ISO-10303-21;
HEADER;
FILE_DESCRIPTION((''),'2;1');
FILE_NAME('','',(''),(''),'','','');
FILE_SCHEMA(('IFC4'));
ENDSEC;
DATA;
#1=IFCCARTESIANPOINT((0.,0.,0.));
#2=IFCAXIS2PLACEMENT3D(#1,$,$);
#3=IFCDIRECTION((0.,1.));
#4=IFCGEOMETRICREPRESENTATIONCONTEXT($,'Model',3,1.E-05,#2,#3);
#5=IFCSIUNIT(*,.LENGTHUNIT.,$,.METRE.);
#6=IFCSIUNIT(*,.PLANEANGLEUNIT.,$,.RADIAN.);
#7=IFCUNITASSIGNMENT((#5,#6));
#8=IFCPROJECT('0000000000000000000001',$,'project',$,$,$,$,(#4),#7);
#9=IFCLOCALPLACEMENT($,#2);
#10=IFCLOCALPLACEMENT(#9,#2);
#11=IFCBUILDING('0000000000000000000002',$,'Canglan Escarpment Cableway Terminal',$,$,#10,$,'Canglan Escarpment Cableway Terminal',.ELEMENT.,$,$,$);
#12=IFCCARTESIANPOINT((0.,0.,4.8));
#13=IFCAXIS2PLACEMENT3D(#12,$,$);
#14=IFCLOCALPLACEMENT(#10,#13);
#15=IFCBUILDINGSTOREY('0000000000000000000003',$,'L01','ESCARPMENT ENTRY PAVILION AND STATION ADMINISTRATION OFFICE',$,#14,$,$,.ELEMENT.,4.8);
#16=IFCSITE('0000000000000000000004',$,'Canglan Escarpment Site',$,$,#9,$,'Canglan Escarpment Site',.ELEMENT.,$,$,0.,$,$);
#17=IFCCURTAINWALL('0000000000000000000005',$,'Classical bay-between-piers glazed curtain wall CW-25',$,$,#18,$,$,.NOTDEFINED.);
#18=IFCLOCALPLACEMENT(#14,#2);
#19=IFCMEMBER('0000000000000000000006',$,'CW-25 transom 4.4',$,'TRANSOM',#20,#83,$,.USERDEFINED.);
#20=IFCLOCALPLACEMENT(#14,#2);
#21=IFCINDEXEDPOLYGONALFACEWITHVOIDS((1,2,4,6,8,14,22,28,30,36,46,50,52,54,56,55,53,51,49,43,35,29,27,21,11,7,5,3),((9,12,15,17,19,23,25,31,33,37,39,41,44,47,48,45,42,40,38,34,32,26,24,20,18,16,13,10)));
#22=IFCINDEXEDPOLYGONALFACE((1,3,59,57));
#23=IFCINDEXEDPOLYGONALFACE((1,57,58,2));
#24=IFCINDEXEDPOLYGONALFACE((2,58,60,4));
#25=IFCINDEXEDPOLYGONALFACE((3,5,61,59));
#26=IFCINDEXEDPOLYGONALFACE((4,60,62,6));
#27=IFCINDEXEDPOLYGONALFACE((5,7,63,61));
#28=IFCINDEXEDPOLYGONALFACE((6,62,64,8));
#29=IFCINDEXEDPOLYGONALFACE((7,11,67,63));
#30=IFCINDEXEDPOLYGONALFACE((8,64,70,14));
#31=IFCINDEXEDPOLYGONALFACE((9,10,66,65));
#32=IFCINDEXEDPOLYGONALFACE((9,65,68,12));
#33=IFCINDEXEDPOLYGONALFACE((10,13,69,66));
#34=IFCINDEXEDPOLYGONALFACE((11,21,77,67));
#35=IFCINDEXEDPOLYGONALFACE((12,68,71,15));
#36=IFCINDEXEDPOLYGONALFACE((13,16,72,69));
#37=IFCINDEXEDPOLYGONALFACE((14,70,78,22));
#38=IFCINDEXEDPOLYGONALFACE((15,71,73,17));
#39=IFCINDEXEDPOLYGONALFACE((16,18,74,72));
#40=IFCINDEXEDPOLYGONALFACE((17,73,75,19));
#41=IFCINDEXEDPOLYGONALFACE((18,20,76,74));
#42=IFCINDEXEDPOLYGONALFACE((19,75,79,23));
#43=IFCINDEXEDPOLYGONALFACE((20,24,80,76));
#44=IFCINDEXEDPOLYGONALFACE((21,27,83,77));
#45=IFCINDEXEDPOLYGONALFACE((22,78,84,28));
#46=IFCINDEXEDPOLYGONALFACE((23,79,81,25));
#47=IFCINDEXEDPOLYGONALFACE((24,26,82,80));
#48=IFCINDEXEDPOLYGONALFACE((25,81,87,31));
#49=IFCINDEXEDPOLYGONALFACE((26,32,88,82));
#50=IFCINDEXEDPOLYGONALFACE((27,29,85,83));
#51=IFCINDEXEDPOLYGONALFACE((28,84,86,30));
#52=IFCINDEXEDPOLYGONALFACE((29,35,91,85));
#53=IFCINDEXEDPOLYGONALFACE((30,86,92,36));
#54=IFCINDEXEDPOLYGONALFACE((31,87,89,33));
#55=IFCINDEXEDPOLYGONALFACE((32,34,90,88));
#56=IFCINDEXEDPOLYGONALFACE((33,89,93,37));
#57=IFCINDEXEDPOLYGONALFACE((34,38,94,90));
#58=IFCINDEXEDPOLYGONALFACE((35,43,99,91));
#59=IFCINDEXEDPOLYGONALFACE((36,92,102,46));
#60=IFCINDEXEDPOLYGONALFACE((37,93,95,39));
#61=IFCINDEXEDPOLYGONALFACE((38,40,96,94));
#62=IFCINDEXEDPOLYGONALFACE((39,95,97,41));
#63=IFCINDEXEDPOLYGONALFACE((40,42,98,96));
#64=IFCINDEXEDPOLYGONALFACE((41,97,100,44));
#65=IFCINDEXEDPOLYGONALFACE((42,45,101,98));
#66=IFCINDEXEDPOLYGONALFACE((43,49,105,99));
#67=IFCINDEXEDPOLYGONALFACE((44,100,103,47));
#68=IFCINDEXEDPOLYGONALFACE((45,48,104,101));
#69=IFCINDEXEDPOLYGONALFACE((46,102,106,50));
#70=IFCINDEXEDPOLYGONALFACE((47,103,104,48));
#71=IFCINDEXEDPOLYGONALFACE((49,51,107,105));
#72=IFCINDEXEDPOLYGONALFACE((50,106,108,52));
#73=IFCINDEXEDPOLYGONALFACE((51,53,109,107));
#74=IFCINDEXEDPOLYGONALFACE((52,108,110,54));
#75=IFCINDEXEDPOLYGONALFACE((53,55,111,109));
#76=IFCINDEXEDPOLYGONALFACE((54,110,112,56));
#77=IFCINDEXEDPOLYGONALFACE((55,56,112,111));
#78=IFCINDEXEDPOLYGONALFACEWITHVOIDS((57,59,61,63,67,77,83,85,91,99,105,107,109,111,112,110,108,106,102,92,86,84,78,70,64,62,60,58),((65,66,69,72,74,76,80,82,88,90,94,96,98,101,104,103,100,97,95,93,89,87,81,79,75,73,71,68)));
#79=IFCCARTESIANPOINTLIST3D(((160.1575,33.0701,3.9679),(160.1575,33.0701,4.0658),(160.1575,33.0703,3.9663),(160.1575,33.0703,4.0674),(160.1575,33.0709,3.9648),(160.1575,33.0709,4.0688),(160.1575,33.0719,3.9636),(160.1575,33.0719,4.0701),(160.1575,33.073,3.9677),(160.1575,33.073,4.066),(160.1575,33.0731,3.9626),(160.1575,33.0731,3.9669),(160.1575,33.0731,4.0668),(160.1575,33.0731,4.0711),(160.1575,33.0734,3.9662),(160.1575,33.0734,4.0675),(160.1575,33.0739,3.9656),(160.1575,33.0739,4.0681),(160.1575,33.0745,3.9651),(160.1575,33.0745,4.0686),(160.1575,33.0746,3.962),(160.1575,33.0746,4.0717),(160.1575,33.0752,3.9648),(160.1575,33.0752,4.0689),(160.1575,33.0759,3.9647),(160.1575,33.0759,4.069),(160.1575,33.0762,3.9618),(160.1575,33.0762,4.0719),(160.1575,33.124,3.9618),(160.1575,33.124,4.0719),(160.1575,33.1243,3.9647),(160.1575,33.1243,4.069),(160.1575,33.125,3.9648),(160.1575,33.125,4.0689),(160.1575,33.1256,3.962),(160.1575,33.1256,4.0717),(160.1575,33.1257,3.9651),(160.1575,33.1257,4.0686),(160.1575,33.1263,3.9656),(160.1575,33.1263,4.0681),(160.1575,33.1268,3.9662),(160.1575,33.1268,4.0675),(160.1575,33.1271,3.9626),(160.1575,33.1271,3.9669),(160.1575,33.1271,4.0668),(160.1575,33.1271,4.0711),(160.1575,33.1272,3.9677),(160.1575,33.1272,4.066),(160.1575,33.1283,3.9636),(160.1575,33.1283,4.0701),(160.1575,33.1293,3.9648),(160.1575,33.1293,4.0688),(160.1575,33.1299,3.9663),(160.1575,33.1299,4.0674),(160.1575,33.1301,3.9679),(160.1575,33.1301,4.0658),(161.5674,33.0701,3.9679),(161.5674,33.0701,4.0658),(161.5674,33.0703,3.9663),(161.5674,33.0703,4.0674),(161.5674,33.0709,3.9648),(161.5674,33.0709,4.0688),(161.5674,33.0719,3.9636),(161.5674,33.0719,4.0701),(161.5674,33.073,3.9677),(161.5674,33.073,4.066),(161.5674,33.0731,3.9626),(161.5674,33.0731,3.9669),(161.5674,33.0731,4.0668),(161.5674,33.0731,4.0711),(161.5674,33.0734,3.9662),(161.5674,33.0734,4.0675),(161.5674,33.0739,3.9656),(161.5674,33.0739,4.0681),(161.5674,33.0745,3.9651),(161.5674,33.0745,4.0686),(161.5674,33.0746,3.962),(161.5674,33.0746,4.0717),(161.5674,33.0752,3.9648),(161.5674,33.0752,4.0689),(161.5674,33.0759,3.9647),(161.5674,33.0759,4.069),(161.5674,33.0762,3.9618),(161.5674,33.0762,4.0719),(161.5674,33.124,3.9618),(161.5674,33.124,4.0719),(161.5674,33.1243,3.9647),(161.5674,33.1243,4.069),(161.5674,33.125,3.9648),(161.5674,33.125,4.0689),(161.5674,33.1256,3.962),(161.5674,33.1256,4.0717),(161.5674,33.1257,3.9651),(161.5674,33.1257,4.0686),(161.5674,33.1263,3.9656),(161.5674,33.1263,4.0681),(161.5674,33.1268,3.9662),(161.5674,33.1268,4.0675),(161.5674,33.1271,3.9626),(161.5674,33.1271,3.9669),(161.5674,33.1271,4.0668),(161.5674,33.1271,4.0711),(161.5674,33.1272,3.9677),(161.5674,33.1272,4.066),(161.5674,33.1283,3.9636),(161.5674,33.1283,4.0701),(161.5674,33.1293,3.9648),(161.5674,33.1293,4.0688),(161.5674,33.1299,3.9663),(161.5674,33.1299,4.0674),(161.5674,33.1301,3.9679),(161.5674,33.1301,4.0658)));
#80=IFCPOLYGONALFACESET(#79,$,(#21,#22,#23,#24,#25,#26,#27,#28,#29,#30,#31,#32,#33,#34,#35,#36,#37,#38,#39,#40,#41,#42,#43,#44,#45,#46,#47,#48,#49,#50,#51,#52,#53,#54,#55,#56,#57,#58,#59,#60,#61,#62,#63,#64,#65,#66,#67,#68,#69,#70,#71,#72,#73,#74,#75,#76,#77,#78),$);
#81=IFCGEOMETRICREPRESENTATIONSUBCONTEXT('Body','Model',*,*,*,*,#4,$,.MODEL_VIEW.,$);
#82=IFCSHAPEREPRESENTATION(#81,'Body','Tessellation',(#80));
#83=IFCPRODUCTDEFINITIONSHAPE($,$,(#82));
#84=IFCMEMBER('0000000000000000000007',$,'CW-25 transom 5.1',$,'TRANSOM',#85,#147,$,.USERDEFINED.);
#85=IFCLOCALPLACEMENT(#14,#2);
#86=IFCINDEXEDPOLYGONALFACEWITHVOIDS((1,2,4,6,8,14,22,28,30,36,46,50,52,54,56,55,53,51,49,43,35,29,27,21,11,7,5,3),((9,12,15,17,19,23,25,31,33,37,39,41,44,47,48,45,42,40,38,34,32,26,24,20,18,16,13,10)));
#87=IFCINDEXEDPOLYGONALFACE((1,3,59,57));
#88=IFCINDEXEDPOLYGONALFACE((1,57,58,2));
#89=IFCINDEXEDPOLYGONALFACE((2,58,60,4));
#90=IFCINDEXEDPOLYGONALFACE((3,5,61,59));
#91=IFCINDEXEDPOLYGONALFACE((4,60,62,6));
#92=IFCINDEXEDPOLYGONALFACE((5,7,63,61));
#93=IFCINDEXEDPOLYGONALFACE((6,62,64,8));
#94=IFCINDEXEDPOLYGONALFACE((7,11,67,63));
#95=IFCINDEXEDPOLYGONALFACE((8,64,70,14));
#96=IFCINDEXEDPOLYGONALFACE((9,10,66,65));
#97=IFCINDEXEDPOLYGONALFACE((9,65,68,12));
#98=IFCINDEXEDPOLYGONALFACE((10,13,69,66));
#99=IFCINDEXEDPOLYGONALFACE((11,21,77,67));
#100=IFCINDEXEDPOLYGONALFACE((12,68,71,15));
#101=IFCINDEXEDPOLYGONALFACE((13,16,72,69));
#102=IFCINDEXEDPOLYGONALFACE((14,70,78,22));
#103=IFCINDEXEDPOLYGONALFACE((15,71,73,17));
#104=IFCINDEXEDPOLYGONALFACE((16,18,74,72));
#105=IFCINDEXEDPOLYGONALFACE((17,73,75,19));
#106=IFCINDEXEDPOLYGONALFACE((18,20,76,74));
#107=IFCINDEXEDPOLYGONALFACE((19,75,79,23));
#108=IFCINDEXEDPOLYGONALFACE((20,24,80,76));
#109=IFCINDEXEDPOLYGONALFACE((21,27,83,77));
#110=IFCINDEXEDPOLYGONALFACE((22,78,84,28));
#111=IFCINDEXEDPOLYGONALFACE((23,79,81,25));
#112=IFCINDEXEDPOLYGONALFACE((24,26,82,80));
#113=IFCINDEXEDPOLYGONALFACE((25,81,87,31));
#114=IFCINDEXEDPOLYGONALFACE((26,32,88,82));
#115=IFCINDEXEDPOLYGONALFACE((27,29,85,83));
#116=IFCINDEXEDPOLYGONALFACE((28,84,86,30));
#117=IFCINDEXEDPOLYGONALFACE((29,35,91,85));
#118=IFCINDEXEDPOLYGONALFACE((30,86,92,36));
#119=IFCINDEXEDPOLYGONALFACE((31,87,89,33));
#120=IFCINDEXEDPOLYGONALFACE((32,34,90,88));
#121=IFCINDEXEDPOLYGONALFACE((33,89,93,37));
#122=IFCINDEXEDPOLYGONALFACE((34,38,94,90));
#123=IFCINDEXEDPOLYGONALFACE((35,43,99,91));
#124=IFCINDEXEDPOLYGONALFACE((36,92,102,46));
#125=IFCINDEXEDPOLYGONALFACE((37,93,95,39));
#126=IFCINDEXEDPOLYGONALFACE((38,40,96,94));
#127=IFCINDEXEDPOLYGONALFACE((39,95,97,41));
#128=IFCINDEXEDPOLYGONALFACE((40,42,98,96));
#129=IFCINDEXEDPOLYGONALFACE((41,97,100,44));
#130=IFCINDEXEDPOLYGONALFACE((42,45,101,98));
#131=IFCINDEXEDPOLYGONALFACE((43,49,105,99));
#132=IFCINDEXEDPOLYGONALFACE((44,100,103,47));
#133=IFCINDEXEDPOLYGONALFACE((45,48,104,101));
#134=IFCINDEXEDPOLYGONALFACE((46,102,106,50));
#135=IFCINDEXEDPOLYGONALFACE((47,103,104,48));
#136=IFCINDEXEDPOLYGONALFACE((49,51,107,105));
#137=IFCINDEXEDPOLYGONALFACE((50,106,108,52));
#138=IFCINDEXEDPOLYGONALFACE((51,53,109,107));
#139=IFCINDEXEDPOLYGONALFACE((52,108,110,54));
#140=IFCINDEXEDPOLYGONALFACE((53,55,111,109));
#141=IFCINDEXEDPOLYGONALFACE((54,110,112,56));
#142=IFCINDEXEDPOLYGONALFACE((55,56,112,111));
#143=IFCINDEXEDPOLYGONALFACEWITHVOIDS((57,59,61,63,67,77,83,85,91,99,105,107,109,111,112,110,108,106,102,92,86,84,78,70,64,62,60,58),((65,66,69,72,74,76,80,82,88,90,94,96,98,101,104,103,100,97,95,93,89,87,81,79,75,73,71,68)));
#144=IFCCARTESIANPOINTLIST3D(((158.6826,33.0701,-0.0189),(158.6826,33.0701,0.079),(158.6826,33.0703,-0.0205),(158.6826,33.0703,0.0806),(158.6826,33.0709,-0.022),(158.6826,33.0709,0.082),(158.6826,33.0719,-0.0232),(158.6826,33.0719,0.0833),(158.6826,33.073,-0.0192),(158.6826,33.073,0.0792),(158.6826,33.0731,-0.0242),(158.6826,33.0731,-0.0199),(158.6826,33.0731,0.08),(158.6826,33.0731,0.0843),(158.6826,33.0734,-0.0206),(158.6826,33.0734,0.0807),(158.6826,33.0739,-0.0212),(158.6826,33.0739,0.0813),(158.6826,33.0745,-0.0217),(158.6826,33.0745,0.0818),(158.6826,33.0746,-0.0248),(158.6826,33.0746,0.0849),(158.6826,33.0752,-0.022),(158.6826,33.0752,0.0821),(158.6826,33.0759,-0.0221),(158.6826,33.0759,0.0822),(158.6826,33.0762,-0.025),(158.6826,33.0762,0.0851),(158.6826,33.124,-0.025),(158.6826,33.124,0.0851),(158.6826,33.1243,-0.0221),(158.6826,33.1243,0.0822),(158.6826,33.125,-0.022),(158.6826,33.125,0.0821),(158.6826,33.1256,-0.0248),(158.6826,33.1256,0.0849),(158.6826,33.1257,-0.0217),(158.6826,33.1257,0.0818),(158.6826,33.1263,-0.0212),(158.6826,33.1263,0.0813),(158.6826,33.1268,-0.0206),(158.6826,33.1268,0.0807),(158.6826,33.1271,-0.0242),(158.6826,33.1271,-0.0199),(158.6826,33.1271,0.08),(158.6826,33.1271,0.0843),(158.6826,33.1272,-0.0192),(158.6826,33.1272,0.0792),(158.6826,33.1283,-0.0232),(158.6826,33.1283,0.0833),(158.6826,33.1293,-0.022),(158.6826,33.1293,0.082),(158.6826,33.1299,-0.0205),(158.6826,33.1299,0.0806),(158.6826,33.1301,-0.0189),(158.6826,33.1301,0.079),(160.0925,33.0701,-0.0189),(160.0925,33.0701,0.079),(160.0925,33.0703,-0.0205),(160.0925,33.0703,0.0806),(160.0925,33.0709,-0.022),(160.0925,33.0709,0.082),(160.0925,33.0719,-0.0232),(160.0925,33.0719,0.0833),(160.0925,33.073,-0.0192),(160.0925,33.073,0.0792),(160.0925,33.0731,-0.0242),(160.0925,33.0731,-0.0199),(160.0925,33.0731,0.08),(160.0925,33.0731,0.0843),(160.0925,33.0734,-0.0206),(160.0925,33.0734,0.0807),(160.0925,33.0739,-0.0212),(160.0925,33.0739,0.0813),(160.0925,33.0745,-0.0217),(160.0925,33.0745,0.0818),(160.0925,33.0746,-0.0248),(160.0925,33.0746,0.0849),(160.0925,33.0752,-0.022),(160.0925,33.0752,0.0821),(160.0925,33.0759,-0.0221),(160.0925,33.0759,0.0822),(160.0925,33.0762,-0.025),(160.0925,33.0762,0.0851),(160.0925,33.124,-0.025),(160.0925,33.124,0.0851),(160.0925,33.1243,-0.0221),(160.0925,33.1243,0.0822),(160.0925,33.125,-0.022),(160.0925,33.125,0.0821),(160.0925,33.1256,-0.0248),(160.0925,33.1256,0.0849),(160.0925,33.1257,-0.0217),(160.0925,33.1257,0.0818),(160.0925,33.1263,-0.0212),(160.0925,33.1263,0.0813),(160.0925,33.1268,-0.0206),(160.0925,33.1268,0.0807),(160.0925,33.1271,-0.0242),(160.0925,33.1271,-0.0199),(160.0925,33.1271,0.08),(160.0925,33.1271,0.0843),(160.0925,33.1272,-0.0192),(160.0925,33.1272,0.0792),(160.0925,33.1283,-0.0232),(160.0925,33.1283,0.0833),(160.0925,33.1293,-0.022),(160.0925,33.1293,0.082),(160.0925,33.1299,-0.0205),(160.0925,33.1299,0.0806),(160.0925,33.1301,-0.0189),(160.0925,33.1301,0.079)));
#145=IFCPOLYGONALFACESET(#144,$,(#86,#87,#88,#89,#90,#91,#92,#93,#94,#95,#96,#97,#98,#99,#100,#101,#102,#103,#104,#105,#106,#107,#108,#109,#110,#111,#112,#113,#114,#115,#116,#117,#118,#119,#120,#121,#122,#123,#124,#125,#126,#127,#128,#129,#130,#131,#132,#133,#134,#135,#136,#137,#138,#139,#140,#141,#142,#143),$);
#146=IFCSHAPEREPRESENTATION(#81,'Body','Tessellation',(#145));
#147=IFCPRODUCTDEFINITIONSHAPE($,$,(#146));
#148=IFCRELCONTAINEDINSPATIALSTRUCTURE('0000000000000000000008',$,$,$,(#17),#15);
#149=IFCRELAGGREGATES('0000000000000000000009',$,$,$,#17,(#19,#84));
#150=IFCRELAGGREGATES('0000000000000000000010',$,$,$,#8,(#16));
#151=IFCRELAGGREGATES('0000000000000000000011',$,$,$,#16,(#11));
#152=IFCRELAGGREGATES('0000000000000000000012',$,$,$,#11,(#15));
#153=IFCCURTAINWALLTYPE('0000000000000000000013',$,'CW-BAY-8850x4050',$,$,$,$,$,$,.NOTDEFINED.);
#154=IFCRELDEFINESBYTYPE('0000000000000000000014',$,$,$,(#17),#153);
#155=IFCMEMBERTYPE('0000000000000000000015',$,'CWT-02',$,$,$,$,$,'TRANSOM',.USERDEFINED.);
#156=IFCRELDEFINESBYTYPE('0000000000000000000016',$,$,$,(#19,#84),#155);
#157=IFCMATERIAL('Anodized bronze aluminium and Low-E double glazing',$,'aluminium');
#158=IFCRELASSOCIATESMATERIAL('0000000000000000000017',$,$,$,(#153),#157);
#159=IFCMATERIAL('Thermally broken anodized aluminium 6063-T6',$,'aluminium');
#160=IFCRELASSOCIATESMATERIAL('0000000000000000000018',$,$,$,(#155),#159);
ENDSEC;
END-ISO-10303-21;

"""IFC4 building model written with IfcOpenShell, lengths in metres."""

from ifc_helpers import new_model, si_unit, direction, frame, origin, origin_2d, place, context, subcontext, project, spatial, hollow_rectangle, extrude, material, material_profile, profile_set, type_object, element, aggregate, save


model = new_model("IFC4")

# Units and contexts
model_context = context("Model", 3, precision=1e-05, world=origin(), true_north=direction((0.0, 1.0)))
body_context = subcontext(model_context, "Body", "Model", "MODEL_VIEW")
ifc_project = project(units=[si_unit("LENGTHUNIT", "METRE"), si_unit("PLANEANGLEUNIT", "RADIAN")], contexts=[model_context])

# Site, building, storey
site_placement = place(None, origin())
site = spatial("IfcSite", under=ifc_project, at=site_placement, Name="Canglan Escarpment Site", LongName="Canglan Escarpment Site", CompositionType="ELEMENT", RefElevation=0.0)
building_placement = place(site_placement, origin())
building = spatial("IfcBuilding", under=site, at=building_placement, Name="Canglan Escarpment Cableway Terminal", LongName="Canglan Escarpment Cableway Terminal", CompositionType="ELEMENT")
storey_placement = place(building_placement, frame((0.0, 0.0, 4.8)))
storey = spatial("IfcBuildingStorey", under=building, at=storey_placement, Name="L01", Description="ESCARPMENT ENTRY PAVILION AND STATION ADMINISTRATION OFFICE", CompositionType="ELEMENT", Elevation=4.8)

# Curtain wall, members
ifc_material_1 = material(Name="Anodized bronze aluminium and Low-E double glazing", Category="aluminium")
curtain_wall_type = type_object("IfcCurtainWallType", Name="CW-BAY-8850x4050", PredefinedType="NOTDEFINED", material=ifc_material_1)
curtain_wall_placement = place(storey_placement, origin())
curtain_wall = element("IfcCurtainWall", 1, at=curtain_wall_placement, inside=storey, type_object=curtain_wall_type, Name="Classical bay-between-piers glazed curtain wall CW-25", PredefinedType="NOTDEFINED")
ifc_material_2 = material(Name="Thermally broken anodized aluminium 6063-T6", Category="aluminium")
ifc_material_profile_1 = material_profile(ifc_material_2, hollow_rectangle(XDim=0.0601, YDim=0.1101, WallThickness=0.0029, InnerFilletRadius=0.0029, OuterFilletRadius=0.0061, at=origin_2d()), Name="ALU-TRAN 60x110x3")
ifc_profile_set_1 = profile_set([ifc_material_profile_1], Name="Thermally broken anodized aluminium 6063-T6")
member_type_1 = type_object("IfcMemberType", Name="CWT-02", ElementType="TRANSOM", PredefinedType="USERDEFINED", material=ifc_profile_set_1)
member_1_placement = place(storey_placement, frame((161.5674, 33.1001, 4.0168), z_axis=(-1.0, 0.0, 0.0), x_axis=(0.0, -1.0, 0.0)))
member_1 = element("IfcMember", 2, at=member_1_placement, type_object=member_type_1, Name="CW-25 transom 4.4", ObjectType="TRANSOM", PredefinedType="USERDEFINED", context=body_context, shape_type="SweptSolid", body=[
    extrude(hollow_rectangle(XDim=0.0601, YDim=0.1101, WallThickness=0.0029, InnerFilletRadius=0.0029, OuterFilletRadius=0.0061, at=origin_2d()), origin(), (0.0, 0.0, 1.0), 1.4099),
])
member_2_placement = place(storey_placement, frame((160.0925, 33.1001, 0.03), z_axis=(-1.0, 0.0, 0.0), x_axis=(0.0, -1.0, 0.0)))
member_2 = element("IfcMember", 3, at=member_2_placement, type_object=member_type_1, Name="CW-25 transom 5.1", ObjectType="TRANSOM", PredefinedType="USERDEFINED", context=body_context, shape_type="SweptSolid", body=[
    extrude(hollow_rectangle(XDim=0.0601, YDim=0.1101, WallThickness=0.0029, InnerFilletRadius=0.0029, OuterFilletRadius=0.0061, at=origin_2d()), origin(), (0.0, 0.0, 1.0), 1.4099),
])
aggregate(curtain_wall, [member_1, member_2])

save(model, "model.ifc")
